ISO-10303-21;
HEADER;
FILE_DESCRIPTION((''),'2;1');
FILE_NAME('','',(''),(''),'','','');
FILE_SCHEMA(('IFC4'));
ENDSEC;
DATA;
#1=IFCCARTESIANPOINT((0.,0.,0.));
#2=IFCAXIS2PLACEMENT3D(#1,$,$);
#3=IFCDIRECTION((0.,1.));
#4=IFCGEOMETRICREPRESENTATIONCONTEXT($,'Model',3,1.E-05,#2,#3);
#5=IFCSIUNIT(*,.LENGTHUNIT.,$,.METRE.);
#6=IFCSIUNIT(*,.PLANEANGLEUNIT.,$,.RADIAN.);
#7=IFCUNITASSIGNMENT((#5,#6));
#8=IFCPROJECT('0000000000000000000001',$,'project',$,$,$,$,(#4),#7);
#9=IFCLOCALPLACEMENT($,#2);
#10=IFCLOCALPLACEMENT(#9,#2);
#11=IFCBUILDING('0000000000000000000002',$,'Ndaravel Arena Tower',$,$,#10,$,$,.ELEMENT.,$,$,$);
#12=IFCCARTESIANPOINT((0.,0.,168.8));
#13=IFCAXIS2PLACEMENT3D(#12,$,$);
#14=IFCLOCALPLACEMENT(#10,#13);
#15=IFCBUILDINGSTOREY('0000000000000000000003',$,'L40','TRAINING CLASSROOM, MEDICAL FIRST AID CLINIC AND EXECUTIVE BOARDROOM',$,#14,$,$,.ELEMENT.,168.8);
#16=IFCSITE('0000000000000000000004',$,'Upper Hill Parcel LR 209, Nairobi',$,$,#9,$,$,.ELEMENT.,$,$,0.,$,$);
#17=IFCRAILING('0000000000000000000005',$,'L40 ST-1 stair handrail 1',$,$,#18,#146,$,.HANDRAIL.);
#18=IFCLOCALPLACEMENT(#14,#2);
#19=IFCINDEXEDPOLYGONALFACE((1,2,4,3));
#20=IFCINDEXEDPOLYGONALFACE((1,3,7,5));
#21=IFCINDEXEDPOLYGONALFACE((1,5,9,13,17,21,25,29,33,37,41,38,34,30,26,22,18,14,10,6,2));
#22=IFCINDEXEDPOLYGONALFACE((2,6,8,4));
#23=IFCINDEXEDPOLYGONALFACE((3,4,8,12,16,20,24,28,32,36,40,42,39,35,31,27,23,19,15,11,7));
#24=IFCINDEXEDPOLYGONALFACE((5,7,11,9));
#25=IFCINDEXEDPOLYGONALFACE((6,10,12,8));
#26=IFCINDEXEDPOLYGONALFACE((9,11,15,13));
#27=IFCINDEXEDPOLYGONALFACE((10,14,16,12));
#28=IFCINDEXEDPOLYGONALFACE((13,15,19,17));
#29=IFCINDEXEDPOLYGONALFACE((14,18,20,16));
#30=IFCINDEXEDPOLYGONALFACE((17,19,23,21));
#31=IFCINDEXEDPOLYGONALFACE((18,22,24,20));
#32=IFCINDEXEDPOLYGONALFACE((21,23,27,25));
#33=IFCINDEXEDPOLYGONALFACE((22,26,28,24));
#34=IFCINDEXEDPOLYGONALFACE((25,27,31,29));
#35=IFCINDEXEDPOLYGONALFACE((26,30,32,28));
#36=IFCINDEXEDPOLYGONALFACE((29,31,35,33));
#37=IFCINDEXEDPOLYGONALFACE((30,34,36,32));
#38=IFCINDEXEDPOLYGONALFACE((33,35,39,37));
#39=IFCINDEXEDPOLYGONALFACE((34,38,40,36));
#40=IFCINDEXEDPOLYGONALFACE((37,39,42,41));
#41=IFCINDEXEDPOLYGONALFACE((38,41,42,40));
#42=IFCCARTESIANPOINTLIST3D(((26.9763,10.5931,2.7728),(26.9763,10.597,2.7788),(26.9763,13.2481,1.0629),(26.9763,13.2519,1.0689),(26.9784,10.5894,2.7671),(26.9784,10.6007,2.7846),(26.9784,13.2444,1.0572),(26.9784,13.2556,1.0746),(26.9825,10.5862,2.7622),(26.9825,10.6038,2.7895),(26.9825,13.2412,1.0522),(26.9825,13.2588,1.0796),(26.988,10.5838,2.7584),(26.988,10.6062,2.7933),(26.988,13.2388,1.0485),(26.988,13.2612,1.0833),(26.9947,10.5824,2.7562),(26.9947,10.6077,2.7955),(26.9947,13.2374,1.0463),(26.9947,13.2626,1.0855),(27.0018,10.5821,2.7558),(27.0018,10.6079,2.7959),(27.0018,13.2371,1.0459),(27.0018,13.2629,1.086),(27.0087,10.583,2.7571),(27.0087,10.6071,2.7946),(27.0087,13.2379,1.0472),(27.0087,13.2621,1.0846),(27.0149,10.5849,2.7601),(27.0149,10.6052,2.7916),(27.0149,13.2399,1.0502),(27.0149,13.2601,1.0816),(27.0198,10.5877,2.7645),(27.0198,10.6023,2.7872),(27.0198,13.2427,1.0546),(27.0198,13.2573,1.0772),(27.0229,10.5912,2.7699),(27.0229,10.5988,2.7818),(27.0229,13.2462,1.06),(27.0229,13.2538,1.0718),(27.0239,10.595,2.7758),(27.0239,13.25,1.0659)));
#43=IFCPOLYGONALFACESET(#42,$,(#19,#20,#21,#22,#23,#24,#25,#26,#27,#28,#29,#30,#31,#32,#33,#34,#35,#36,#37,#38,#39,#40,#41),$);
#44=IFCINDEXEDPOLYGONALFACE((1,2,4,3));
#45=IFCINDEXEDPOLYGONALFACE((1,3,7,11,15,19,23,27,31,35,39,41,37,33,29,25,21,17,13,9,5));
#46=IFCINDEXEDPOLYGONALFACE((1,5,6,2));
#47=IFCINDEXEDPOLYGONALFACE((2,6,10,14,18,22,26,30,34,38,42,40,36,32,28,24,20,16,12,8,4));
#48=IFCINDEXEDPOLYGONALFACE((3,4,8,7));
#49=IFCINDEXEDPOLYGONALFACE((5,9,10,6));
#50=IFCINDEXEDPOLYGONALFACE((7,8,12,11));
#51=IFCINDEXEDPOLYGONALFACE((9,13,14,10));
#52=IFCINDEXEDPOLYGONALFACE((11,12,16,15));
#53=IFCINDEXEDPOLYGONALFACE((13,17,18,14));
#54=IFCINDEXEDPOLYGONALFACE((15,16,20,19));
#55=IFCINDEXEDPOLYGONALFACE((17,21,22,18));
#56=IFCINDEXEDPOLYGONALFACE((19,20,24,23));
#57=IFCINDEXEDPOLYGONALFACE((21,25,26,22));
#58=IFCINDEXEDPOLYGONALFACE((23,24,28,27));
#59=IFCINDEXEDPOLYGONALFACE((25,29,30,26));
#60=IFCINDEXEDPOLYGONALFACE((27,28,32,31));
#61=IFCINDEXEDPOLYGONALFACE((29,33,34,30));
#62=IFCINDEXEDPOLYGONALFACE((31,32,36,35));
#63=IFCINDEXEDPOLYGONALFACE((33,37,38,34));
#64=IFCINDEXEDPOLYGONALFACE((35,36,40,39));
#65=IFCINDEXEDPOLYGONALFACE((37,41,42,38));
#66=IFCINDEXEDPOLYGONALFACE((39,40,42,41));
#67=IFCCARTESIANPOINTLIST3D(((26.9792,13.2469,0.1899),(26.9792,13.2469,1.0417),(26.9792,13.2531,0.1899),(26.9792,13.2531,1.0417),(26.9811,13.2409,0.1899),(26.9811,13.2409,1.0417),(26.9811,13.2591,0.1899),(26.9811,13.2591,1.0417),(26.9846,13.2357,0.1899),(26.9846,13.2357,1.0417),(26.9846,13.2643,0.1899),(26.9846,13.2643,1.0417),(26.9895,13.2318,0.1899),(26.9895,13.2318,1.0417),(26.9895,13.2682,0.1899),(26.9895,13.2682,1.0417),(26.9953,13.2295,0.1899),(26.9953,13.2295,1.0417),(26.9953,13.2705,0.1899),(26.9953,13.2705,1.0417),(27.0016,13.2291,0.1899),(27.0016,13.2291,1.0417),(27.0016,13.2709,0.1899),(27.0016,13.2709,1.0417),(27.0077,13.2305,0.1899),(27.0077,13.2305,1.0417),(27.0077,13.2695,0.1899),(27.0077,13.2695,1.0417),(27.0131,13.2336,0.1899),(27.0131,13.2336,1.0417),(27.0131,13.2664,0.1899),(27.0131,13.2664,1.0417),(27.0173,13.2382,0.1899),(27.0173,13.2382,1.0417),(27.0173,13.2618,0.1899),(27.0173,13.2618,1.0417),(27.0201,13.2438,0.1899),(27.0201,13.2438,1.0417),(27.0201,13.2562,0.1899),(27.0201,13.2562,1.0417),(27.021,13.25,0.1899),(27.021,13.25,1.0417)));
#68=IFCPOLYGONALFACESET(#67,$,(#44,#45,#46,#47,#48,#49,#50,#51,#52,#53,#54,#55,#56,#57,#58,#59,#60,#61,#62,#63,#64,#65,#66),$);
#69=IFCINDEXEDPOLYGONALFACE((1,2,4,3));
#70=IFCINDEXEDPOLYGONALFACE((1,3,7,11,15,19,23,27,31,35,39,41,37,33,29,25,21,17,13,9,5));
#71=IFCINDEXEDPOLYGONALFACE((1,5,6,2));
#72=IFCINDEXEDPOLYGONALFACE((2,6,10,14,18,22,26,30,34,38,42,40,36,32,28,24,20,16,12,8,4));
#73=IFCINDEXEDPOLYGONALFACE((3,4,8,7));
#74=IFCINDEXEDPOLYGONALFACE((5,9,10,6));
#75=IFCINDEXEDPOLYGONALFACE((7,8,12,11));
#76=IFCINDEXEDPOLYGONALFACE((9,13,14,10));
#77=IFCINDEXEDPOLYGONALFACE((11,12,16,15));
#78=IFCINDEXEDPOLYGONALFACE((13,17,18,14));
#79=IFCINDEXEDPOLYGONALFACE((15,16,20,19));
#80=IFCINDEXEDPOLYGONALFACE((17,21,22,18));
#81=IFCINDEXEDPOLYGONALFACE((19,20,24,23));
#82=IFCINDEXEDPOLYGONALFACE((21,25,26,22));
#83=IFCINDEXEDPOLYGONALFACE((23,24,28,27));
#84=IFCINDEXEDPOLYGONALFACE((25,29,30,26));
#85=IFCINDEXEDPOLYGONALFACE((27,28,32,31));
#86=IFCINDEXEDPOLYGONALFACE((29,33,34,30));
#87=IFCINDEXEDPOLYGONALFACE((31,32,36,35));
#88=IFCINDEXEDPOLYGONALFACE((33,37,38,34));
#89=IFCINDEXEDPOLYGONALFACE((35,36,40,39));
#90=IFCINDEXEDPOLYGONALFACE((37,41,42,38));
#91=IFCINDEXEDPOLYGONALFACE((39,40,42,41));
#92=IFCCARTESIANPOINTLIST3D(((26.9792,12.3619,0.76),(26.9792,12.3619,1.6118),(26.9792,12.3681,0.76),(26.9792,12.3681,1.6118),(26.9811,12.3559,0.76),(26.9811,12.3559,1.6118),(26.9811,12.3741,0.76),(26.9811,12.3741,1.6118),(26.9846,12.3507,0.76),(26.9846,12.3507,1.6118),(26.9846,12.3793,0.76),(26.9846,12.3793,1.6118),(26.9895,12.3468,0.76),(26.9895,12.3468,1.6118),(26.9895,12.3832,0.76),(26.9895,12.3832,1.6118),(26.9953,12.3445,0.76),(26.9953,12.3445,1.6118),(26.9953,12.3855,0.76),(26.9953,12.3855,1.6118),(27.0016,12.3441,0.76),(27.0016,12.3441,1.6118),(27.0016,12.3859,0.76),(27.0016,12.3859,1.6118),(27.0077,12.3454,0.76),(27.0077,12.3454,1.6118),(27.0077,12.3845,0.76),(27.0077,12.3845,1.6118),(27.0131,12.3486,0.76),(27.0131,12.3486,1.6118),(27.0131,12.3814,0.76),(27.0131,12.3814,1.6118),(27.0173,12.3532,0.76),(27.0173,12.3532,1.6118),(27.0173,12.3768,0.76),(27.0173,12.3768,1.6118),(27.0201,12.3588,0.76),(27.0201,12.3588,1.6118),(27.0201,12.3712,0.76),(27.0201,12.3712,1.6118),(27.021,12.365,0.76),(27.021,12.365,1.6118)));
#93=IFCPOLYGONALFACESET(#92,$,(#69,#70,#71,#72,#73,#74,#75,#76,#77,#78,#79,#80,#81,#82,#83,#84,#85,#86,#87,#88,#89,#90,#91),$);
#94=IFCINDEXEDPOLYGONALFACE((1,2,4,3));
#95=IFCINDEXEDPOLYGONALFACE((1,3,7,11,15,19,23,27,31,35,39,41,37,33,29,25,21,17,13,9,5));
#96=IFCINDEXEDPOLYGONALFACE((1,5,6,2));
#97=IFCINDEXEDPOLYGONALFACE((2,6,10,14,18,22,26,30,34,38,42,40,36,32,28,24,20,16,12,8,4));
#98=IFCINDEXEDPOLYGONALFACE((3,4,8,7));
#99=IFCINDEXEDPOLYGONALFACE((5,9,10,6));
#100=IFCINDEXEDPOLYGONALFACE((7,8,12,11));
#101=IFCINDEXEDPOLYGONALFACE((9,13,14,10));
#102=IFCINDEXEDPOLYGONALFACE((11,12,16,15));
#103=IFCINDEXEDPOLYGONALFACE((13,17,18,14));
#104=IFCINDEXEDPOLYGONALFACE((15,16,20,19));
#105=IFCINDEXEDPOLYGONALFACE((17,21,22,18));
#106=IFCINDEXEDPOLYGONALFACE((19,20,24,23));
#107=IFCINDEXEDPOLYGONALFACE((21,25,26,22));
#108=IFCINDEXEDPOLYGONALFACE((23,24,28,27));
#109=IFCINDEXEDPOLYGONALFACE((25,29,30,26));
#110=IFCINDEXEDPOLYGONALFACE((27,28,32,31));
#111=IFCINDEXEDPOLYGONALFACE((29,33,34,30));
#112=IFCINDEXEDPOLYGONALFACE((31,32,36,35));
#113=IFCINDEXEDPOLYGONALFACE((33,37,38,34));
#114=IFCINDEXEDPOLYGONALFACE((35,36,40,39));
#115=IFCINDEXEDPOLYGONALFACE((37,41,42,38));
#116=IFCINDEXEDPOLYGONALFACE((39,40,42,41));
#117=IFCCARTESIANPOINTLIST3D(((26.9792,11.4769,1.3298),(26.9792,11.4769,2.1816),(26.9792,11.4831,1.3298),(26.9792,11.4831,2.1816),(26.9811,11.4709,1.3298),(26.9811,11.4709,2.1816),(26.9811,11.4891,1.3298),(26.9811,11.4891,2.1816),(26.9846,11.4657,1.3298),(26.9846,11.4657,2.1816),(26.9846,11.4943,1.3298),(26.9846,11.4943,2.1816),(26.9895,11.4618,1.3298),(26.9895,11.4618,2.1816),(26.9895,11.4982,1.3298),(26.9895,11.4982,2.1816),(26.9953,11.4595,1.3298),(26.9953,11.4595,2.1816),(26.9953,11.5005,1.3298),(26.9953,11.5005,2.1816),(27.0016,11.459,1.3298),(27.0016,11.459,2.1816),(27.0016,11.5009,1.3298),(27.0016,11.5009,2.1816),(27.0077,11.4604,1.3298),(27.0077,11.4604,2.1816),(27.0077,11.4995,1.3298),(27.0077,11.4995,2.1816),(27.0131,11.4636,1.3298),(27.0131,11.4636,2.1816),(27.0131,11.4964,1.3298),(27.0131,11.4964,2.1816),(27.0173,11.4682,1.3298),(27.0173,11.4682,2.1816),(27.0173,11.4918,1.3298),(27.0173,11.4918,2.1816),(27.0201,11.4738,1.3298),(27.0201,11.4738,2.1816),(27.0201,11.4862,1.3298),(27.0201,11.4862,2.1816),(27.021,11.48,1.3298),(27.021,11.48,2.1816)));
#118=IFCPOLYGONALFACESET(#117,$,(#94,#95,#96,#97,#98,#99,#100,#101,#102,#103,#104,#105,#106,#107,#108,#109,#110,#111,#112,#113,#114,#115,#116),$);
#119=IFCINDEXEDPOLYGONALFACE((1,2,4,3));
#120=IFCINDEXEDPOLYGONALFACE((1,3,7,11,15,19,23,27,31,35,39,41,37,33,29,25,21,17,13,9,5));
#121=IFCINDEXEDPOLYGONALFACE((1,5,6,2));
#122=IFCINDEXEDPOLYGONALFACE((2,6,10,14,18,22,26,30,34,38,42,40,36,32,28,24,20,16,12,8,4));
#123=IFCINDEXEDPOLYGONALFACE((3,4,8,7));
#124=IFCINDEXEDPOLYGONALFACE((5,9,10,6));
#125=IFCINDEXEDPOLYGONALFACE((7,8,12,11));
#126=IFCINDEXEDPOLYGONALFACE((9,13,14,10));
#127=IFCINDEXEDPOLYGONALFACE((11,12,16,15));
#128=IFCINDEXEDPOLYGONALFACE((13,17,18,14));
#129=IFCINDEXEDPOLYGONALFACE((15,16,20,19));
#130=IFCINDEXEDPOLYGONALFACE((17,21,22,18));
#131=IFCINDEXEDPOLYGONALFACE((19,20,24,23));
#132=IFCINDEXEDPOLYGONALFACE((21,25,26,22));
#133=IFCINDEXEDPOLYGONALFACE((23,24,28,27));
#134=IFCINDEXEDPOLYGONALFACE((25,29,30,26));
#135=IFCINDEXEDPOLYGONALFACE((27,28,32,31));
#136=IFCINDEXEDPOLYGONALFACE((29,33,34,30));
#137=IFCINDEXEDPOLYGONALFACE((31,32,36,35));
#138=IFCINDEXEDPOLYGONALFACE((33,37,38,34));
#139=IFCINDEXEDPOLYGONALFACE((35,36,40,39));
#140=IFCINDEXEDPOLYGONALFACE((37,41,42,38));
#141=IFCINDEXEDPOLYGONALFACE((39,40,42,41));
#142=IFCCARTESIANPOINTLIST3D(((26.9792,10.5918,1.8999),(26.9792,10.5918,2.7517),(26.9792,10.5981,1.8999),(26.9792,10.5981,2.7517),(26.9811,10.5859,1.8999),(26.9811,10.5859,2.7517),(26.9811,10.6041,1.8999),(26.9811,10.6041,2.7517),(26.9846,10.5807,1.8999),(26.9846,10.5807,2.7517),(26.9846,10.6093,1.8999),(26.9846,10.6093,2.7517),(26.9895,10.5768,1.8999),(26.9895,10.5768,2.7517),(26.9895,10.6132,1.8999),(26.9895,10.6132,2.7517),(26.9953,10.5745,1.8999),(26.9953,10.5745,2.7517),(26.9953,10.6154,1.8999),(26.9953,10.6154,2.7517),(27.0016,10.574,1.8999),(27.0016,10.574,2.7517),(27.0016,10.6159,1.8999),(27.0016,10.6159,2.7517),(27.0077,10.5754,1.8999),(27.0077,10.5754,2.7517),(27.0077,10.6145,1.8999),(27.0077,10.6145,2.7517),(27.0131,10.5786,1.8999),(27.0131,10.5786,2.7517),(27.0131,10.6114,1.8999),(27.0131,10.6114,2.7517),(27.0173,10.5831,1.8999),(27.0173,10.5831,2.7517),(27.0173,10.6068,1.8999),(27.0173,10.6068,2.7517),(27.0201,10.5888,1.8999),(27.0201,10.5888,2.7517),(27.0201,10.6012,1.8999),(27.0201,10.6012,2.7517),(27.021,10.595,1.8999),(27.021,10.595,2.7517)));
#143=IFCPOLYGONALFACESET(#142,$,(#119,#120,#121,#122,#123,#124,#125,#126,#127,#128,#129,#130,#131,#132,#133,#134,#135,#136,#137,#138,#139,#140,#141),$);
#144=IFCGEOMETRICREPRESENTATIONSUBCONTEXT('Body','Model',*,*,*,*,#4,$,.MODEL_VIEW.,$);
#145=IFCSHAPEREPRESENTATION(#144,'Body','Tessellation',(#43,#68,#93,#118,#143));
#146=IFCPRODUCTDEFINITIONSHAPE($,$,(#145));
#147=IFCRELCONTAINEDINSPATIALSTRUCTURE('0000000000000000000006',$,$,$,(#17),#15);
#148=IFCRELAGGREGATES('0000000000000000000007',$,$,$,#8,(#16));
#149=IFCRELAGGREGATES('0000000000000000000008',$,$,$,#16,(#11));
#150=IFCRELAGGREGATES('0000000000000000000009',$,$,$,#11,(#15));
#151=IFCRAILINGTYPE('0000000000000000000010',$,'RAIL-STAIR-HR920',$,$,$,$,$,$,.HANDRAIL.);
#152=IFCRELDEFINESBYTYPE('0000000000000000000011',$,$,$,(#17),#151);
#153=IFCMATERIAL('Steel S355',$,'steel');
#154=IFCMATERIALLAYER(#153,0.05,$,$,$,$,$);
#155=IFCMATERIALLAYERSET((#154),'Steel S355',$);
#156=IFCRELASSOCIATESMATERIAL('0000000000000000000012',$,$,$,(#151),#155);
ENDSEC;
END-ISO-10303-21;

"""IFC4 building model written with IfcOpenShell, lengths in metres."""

from ifc_helpers import new_model, si_unit, direction, frame, origin, origin_2d, place, context, subcontext, project, spatial, circle, extrude, material, layer, layer_set, type_object, element, save


model = new_model("IFC4")

# Units and contexts
model_context = context("Model", 3, precision=1e-05, world=origin(), true_north=direction((0.0, 1.0)))
body_context = subcontext(model_context, "Body", "Model", "MODEL_VIEW")
ifc_project = project(units=[si_unit("LENGTHUNIT", "METRE"), si_unit("PLANEANGLEUNIT", "RADIAN")], contexts=[model_context])

# Site, building, storey
site_placement = place(None, origin())
site = spatial("IfcSite", under=ifc_project, at=site_placement, Name="Upper Hill Parcel LR 209, Nairobi", CompositionType="ELEMENT", RefElevation=0.0)
building_placement = place(site_placement, origin())
building = spatial("IfcBuilding", under=site, at=building_placement, Name="Ndaravel Arena Tower", CompositionType="ELEMENT")
storey_placement = place(building_placement, frame((0.0, 0.0, 168.8)))
storey = spatial("IfcBuildingStorey", under=building, at=storey_placement, Name="L40", Description="TRAINING CLASSROOM, MEDICAL FIRST AID CLINIC AND EXECUTIVE BOARDROOM", CompositionType="ELEMENT", Elevation=168.8)

# Railing
ifc_material_1 = material(Name="Steel S355", Category="steel")
ifc_layer_1 = layer(ifc_material_1, 0.05)
ifc_layer_set_1 = layer_set([ifc_layer_1], Name="Steel S355")
railing_type = type_object("IfcRailingType", Name="RAIL-STAIR-HR920", PredefinedType="HANDRAIL", material=ifc_layer_set_1)
railing_placement = place(storey_placement, frame((27.0, 13.25, 0.1899)))
element("IfcRailing", 1, at=railing_placement, inside=storey, type_object=railing_type, Name="L40 ST-1 stair handrail 1", PredefinedType="HANDRAIL", context=body_context, shape_type="SweptSolid", body=[
    extrude(circle(Radius=0.0239, at=origin_2d()), frame((0.0, 0.0, 0.876), z_axis=(0.0, -0.840724, 0.541465), x_axis=(1.0, 0.0, 0.0)), (0.0, 0.0, 1.0), 3.158),
    extrude(circle(Radius=0.021, at=origin_2d()), origin(), (0.0, 0.0, 1.0), 0.8518),
    extrude(circle(Radius=0.021, at=origin_2d()), frame((0.0, -0.885, 0.5701)), (0.0, 0.0, 1.0), 0.8518),
    extrude(circle(Radius=0.021, at=origin_2d()), frame((0.0, -1.77, 1.1399)), (0.0, 0.0, 1.0), 0.8518),
    extrude(circle(Radius=0.021, at=origin_2d()), frame((0.0, -2.655, 1.71)), (0.0, 0.0, 1.0), 0.8518),
])

save(model, "model.ifc")
